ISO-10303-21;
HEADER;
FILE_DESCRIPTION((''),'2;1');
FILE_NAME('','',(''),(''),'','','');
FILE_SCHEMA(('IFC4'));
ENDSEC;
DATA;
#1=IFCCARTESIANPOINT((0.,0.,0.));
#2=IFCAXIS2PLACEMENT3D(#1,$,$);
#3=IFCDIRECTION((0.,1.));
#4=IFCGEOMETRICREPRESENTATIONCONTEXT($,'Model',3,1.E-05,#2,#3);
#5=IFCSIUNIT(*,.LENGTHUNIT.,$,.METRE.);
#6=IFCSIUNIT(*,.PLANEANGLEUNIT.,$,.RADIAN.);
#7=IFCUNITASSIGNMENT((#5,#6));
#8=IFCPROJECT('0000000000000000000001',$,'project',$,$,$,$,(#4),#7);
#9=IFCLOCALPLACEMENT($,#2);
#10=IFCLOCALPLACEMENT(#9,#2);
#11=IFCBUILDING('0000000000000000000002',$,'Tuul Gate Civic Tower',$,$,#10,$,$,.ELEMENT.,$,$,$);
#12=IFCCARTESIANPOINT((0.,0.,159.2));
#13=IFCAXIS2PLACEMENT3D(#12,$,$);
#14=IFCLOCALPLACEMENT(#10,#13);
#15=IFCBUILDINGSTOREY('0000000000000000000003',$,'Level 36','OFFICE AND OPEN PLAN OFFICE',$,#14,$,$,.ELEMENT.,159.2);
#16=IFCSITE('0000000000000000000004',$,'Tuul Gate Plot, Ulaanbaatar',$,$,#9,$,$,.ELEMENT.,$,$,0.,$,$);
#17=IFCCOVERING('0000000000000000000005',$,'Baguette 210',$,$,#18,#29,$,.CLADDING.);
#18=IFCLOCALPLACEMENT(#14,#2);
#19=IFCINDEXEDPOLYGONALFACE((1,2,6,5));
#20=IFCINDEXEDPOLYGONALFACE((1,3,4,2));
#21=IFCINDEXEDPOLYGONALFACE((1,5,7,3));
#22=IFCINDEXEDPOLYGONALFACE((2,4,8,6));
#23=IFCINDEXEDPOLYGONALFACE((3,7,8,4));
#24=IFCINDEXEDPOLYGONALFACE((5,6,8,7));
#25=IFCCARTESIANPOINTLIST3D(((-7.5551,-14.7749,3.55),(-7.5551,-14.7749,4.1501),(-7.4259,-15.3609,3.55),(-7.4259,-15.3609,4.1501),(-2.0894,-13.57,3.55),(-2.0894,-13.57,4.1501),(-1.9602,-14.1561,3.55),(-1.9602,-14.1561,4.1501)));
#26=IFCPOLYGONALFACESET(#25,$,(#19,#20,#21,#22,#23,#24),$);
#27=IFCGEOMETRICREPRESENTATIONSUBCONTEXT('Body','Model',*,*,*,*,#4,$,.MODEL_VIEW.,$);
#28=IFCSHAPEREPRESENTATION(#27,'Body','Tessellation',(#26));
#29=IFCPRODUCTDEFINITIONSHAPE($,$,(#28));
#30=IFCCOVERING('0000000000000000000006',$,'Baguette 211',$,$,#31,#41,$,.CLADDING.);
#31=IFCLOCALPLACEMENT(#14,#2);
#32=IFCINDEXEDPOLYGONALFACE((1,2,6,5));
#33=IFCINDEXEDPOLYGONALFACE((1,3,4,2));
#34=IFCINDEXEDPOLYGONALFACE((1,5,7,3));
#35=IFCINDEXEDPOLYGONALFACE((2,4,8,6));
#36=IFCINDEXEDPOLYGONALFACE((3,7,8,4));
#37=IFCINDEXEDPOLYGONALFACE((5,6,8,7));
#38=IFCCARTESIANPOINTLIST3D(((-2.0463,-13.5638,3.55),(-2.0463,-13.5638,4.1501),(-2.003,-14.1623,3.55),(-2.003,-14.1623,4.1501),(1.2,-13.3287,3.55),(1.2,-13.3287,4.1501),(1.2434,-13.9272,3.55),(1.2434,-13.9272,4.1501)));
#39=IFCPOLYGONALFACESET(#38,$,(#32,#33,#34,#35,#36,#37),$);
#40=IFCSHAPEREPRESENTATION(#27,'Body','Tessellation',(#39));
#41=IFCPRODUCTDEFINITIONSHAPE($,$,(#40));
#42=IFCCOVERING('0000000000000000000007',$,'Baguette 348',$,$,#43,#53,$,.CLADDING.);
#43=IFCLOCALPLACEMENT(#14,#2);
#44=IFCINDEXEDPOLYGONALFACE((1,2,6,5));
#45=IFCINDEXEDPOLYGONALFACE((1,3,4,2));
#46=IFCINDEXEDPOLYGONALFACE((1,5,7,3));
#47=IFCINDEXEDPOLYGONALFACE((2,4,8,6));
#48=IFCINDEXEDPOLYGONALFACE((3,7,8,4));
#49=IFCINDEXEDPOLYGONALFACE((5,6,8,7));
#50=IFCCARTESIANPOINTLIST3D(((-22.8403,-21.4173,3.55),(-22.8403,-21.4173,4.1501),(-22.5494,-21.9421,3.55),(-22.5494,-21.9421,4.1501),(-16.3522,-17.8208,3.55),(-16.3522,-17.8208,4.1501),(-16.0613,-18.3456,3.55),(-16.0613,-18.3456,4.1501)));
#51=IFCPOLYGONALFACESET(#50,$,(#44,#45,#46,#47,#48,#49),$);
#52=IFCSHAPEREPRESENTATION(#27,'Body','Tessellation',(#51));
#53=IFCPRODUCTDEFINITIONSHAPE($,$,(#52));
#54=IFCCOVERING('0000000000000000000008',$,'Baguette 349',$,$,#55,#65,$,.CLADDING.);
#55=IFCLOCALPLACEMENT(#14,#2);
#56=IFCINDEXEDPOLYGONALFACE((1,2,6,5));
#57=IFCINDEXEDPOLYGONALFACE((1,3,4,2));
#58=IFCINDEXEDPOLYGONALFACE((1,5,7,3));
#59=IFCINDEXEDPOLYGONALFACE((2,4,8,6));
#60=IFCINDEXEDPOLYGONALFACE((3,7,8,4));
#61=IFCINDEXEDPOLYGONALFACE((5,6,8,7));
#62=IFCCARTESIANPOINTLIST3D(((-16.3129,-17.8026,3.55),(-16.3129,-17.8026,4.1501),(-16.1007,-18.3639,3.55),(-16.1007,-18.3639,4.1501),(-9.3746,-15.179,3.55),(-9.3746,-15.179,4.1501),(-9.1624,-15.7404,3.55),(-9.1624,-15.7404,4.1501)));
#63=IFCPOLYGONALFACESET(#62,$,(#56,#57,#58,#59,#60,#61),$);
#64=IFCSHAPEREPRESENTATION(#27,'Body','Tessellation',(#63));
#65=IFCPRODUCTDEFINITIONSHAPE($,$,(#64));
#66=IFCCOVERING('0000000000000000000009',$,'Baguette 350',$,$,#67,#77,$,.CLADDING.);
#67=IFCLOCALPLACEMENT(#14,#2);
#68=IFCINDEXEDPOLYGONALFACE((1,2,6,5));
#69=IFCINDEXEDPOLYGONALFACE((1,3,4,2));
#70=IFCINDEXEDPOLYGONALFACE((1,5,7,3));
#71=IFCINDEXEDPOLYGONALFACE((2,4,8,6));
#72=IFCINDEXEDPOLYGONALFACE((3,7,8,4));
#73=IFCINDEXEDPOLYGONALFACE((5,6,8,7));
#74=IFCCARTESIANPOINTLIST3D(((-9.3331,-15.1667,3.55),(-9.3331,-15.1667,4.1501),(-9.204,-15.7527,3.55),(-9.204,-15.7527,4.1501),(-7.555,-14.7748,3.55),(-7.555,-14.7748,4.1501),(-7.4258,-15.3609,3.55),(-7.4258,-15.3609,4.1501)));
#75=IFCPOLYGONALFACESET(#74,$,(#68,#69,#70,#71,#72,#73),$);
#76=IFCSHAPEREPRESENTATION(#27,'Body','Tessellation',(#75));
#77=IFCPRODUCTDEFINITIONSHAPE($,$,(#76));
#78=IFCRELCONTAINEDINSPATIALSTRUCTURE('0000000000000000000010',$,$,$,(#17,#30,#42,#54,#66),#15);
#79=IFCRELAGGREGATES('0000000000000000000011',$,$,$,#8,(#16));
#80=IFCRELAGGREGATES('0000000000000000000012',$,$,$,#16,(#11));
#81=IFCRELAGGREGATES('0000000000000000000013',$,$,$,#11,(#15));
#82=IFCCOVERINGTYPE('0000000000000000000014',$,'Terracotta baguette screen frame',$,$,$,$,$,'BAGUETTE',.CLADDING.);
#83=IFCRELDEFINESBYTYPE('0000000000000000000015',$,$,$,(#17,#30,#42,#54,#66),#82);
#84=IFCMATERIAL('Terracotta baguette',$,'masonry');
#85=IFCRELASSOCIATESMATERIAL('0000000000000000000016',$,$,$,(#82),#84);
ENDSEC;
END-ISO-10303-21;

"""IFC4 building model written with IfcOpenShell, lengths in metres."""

from ifc_helpers import new_model, si_unit, direction, frame, origin, origin_2d, place, context, subcontext, project, spatial, rectangle, extrude, material, material_profile, profile_set, type_object, element, save


model = new_model("IFC4")

# Units and contexts
model_context = context("Model", 3, precision=1e-05, world=origin(), true_north=direction((0.0, 1.0)))
body_context = subcontext(model_context, "Body", "Model", "MODEL_VIEW")
ifc_project = project(units=[si_unit("LENGTHUNIT", "METRE"), si_unit("PLANEANGLEUNIT", "RADIAN")], contexts=[model_context])

# Site, building, storey
site_placement = place(None, origin())
site = spatial("IfcSite", under=ifc_project, at=site_placement, Name="Tuul Gate Plot, Ulaanbaatar", CompositionType="ELEMENT", RefElevation=0.0)
building_placement = place(site_placement, origin())
building = spatial("IfcBuilding", under=site, at=building_placement, Name="Tuul Gate Civic Tower", CompositionType="ELEMENT")
storey_placement = place(building_placement, frame((0.0, 0.0, 159.2)))
storey = spatial("IfcBuildingStorey", under=building, at=storey_placement, Name="Level 36", Description="OFFICE AND OPEN PLAN OFFICE", CompositionType="ELEMENT", Elevation=159.2)

# Coverings
ifc_material_1 = material(Name="Terracotta baguette", Category="masonry")
ifc_material_profile_1 = material_profile(ifc_material_1, rectangle(XDim=0.6001, YDim=0.6001, at=origin_2d()), Name="Terracotta baguette screen frame")
ifc_profile_set_1 = profile_set([ifc_material_profile_1], Name="Terracotta baguette")
covering_type = type_object("IfcCoveringType", Name="Terracotta baguette screen frame", ElementType="BAGUETTE", PredefinedType="CLADDING", material=ifc_profile_set_1)
covering_1_placement = place(storey_placement, frame((-7.4905, -15.0679, 3.8501), z_axis=(0.976556, 0.215263, 0.0), x_axis=(-0.215263, 0.976556, 0.0)))
element("IfcCovering", 1, at=covering_1_placement, inside=storey, type_object=covering_type, Name="Baguette 210", PredefinedType="CLADDING", context=body_context, shape_type="SweptSolid", body=[
    extrude(rectangle(XDim=0.6001, YDim=0.6001, at=origin_2d()), origin(), (0.0, 0.0, 1.0), 5.5969),
])
covering_2_placement = place(storey_placement, frame((-2.0247, -13.863, 3.8501), z_axis=(0.997388, 0.072233, 0.0), x_axis=(-0.072233, 0.997388, 0.0)))
element("IfcCovering", 2, at=covering_2_placement, inside=storey, type_object=covering_type, Name="Baguette 211", PredefinedType="CLADDING", context=body_context, shape_type="SweptSolid", body=[
    extrude(rectangle(XDim=0.6001, YDim=0.6001, at=origin_2d()), origin(), (0.0, 0.0, 1.0), 3.2549),
])
covering_3_placement = place(storey_placement, frame((-22.6948, -21.6797, 3.8501), z_axis=(0.874616, 0.484816, 0.0), x_axis=(-0.484816, 0.874616, 0.0)))
element("IfcCovering", 3, at=covering_3_placement, inside=storey, type_object=covering_type, Name="Baguette 348", PredefinedType="CLADDING", context=body_context, shape_type="SweptSolid", body=[
    extrude(rectangle(XDim=0.6001, YDim=0.6001, at=origin_2d()), origin(), (0.0, 0.0, 1.0), 7.4182),
])
covering_4_placement = place(storey_placement, frame((-16.2068, -18.0833, 3.8501), z_axis=(0.935364, 0.353687, 0.0), x_axis=(-0.353687, 0.935364, 0.0)))
element("IfcCovering", 4, at=covering_4_placement, inside=storey, type_object=covering_type, Name="Baguette 349", PredefinedType="CLADDING", context=body_context, shape_type="SweptSolid", body=[
    extrude(rectangle(XDim=0.6001, YDim=0.6001, at=origin_2d()), origin(), (0.0, 0.0, 1.0), 7.4177),
])
covering_5_placement = place(storey_placement, frame((-9.2686, -15.4597, 3.8501), z_axis=(0.976567, 0.215212, 0.0), x_axis=(-0.215212, 0.976567, 0.0)))
element("IfcCovering", 5, at=covering_5_placement, inside=storey, type_object=covering_type, Name="Baguette 350", PredefinedType="CLADDING", context=body_context, shape_type="SweptSolid", body=[
    extrude(rectangle(XDim=0.6001, YDim=0.6001, at=origin_2d()), origin(), (0.0, 0.0, 1.0), 1.8208),
])

save(model, "model.ifc")
